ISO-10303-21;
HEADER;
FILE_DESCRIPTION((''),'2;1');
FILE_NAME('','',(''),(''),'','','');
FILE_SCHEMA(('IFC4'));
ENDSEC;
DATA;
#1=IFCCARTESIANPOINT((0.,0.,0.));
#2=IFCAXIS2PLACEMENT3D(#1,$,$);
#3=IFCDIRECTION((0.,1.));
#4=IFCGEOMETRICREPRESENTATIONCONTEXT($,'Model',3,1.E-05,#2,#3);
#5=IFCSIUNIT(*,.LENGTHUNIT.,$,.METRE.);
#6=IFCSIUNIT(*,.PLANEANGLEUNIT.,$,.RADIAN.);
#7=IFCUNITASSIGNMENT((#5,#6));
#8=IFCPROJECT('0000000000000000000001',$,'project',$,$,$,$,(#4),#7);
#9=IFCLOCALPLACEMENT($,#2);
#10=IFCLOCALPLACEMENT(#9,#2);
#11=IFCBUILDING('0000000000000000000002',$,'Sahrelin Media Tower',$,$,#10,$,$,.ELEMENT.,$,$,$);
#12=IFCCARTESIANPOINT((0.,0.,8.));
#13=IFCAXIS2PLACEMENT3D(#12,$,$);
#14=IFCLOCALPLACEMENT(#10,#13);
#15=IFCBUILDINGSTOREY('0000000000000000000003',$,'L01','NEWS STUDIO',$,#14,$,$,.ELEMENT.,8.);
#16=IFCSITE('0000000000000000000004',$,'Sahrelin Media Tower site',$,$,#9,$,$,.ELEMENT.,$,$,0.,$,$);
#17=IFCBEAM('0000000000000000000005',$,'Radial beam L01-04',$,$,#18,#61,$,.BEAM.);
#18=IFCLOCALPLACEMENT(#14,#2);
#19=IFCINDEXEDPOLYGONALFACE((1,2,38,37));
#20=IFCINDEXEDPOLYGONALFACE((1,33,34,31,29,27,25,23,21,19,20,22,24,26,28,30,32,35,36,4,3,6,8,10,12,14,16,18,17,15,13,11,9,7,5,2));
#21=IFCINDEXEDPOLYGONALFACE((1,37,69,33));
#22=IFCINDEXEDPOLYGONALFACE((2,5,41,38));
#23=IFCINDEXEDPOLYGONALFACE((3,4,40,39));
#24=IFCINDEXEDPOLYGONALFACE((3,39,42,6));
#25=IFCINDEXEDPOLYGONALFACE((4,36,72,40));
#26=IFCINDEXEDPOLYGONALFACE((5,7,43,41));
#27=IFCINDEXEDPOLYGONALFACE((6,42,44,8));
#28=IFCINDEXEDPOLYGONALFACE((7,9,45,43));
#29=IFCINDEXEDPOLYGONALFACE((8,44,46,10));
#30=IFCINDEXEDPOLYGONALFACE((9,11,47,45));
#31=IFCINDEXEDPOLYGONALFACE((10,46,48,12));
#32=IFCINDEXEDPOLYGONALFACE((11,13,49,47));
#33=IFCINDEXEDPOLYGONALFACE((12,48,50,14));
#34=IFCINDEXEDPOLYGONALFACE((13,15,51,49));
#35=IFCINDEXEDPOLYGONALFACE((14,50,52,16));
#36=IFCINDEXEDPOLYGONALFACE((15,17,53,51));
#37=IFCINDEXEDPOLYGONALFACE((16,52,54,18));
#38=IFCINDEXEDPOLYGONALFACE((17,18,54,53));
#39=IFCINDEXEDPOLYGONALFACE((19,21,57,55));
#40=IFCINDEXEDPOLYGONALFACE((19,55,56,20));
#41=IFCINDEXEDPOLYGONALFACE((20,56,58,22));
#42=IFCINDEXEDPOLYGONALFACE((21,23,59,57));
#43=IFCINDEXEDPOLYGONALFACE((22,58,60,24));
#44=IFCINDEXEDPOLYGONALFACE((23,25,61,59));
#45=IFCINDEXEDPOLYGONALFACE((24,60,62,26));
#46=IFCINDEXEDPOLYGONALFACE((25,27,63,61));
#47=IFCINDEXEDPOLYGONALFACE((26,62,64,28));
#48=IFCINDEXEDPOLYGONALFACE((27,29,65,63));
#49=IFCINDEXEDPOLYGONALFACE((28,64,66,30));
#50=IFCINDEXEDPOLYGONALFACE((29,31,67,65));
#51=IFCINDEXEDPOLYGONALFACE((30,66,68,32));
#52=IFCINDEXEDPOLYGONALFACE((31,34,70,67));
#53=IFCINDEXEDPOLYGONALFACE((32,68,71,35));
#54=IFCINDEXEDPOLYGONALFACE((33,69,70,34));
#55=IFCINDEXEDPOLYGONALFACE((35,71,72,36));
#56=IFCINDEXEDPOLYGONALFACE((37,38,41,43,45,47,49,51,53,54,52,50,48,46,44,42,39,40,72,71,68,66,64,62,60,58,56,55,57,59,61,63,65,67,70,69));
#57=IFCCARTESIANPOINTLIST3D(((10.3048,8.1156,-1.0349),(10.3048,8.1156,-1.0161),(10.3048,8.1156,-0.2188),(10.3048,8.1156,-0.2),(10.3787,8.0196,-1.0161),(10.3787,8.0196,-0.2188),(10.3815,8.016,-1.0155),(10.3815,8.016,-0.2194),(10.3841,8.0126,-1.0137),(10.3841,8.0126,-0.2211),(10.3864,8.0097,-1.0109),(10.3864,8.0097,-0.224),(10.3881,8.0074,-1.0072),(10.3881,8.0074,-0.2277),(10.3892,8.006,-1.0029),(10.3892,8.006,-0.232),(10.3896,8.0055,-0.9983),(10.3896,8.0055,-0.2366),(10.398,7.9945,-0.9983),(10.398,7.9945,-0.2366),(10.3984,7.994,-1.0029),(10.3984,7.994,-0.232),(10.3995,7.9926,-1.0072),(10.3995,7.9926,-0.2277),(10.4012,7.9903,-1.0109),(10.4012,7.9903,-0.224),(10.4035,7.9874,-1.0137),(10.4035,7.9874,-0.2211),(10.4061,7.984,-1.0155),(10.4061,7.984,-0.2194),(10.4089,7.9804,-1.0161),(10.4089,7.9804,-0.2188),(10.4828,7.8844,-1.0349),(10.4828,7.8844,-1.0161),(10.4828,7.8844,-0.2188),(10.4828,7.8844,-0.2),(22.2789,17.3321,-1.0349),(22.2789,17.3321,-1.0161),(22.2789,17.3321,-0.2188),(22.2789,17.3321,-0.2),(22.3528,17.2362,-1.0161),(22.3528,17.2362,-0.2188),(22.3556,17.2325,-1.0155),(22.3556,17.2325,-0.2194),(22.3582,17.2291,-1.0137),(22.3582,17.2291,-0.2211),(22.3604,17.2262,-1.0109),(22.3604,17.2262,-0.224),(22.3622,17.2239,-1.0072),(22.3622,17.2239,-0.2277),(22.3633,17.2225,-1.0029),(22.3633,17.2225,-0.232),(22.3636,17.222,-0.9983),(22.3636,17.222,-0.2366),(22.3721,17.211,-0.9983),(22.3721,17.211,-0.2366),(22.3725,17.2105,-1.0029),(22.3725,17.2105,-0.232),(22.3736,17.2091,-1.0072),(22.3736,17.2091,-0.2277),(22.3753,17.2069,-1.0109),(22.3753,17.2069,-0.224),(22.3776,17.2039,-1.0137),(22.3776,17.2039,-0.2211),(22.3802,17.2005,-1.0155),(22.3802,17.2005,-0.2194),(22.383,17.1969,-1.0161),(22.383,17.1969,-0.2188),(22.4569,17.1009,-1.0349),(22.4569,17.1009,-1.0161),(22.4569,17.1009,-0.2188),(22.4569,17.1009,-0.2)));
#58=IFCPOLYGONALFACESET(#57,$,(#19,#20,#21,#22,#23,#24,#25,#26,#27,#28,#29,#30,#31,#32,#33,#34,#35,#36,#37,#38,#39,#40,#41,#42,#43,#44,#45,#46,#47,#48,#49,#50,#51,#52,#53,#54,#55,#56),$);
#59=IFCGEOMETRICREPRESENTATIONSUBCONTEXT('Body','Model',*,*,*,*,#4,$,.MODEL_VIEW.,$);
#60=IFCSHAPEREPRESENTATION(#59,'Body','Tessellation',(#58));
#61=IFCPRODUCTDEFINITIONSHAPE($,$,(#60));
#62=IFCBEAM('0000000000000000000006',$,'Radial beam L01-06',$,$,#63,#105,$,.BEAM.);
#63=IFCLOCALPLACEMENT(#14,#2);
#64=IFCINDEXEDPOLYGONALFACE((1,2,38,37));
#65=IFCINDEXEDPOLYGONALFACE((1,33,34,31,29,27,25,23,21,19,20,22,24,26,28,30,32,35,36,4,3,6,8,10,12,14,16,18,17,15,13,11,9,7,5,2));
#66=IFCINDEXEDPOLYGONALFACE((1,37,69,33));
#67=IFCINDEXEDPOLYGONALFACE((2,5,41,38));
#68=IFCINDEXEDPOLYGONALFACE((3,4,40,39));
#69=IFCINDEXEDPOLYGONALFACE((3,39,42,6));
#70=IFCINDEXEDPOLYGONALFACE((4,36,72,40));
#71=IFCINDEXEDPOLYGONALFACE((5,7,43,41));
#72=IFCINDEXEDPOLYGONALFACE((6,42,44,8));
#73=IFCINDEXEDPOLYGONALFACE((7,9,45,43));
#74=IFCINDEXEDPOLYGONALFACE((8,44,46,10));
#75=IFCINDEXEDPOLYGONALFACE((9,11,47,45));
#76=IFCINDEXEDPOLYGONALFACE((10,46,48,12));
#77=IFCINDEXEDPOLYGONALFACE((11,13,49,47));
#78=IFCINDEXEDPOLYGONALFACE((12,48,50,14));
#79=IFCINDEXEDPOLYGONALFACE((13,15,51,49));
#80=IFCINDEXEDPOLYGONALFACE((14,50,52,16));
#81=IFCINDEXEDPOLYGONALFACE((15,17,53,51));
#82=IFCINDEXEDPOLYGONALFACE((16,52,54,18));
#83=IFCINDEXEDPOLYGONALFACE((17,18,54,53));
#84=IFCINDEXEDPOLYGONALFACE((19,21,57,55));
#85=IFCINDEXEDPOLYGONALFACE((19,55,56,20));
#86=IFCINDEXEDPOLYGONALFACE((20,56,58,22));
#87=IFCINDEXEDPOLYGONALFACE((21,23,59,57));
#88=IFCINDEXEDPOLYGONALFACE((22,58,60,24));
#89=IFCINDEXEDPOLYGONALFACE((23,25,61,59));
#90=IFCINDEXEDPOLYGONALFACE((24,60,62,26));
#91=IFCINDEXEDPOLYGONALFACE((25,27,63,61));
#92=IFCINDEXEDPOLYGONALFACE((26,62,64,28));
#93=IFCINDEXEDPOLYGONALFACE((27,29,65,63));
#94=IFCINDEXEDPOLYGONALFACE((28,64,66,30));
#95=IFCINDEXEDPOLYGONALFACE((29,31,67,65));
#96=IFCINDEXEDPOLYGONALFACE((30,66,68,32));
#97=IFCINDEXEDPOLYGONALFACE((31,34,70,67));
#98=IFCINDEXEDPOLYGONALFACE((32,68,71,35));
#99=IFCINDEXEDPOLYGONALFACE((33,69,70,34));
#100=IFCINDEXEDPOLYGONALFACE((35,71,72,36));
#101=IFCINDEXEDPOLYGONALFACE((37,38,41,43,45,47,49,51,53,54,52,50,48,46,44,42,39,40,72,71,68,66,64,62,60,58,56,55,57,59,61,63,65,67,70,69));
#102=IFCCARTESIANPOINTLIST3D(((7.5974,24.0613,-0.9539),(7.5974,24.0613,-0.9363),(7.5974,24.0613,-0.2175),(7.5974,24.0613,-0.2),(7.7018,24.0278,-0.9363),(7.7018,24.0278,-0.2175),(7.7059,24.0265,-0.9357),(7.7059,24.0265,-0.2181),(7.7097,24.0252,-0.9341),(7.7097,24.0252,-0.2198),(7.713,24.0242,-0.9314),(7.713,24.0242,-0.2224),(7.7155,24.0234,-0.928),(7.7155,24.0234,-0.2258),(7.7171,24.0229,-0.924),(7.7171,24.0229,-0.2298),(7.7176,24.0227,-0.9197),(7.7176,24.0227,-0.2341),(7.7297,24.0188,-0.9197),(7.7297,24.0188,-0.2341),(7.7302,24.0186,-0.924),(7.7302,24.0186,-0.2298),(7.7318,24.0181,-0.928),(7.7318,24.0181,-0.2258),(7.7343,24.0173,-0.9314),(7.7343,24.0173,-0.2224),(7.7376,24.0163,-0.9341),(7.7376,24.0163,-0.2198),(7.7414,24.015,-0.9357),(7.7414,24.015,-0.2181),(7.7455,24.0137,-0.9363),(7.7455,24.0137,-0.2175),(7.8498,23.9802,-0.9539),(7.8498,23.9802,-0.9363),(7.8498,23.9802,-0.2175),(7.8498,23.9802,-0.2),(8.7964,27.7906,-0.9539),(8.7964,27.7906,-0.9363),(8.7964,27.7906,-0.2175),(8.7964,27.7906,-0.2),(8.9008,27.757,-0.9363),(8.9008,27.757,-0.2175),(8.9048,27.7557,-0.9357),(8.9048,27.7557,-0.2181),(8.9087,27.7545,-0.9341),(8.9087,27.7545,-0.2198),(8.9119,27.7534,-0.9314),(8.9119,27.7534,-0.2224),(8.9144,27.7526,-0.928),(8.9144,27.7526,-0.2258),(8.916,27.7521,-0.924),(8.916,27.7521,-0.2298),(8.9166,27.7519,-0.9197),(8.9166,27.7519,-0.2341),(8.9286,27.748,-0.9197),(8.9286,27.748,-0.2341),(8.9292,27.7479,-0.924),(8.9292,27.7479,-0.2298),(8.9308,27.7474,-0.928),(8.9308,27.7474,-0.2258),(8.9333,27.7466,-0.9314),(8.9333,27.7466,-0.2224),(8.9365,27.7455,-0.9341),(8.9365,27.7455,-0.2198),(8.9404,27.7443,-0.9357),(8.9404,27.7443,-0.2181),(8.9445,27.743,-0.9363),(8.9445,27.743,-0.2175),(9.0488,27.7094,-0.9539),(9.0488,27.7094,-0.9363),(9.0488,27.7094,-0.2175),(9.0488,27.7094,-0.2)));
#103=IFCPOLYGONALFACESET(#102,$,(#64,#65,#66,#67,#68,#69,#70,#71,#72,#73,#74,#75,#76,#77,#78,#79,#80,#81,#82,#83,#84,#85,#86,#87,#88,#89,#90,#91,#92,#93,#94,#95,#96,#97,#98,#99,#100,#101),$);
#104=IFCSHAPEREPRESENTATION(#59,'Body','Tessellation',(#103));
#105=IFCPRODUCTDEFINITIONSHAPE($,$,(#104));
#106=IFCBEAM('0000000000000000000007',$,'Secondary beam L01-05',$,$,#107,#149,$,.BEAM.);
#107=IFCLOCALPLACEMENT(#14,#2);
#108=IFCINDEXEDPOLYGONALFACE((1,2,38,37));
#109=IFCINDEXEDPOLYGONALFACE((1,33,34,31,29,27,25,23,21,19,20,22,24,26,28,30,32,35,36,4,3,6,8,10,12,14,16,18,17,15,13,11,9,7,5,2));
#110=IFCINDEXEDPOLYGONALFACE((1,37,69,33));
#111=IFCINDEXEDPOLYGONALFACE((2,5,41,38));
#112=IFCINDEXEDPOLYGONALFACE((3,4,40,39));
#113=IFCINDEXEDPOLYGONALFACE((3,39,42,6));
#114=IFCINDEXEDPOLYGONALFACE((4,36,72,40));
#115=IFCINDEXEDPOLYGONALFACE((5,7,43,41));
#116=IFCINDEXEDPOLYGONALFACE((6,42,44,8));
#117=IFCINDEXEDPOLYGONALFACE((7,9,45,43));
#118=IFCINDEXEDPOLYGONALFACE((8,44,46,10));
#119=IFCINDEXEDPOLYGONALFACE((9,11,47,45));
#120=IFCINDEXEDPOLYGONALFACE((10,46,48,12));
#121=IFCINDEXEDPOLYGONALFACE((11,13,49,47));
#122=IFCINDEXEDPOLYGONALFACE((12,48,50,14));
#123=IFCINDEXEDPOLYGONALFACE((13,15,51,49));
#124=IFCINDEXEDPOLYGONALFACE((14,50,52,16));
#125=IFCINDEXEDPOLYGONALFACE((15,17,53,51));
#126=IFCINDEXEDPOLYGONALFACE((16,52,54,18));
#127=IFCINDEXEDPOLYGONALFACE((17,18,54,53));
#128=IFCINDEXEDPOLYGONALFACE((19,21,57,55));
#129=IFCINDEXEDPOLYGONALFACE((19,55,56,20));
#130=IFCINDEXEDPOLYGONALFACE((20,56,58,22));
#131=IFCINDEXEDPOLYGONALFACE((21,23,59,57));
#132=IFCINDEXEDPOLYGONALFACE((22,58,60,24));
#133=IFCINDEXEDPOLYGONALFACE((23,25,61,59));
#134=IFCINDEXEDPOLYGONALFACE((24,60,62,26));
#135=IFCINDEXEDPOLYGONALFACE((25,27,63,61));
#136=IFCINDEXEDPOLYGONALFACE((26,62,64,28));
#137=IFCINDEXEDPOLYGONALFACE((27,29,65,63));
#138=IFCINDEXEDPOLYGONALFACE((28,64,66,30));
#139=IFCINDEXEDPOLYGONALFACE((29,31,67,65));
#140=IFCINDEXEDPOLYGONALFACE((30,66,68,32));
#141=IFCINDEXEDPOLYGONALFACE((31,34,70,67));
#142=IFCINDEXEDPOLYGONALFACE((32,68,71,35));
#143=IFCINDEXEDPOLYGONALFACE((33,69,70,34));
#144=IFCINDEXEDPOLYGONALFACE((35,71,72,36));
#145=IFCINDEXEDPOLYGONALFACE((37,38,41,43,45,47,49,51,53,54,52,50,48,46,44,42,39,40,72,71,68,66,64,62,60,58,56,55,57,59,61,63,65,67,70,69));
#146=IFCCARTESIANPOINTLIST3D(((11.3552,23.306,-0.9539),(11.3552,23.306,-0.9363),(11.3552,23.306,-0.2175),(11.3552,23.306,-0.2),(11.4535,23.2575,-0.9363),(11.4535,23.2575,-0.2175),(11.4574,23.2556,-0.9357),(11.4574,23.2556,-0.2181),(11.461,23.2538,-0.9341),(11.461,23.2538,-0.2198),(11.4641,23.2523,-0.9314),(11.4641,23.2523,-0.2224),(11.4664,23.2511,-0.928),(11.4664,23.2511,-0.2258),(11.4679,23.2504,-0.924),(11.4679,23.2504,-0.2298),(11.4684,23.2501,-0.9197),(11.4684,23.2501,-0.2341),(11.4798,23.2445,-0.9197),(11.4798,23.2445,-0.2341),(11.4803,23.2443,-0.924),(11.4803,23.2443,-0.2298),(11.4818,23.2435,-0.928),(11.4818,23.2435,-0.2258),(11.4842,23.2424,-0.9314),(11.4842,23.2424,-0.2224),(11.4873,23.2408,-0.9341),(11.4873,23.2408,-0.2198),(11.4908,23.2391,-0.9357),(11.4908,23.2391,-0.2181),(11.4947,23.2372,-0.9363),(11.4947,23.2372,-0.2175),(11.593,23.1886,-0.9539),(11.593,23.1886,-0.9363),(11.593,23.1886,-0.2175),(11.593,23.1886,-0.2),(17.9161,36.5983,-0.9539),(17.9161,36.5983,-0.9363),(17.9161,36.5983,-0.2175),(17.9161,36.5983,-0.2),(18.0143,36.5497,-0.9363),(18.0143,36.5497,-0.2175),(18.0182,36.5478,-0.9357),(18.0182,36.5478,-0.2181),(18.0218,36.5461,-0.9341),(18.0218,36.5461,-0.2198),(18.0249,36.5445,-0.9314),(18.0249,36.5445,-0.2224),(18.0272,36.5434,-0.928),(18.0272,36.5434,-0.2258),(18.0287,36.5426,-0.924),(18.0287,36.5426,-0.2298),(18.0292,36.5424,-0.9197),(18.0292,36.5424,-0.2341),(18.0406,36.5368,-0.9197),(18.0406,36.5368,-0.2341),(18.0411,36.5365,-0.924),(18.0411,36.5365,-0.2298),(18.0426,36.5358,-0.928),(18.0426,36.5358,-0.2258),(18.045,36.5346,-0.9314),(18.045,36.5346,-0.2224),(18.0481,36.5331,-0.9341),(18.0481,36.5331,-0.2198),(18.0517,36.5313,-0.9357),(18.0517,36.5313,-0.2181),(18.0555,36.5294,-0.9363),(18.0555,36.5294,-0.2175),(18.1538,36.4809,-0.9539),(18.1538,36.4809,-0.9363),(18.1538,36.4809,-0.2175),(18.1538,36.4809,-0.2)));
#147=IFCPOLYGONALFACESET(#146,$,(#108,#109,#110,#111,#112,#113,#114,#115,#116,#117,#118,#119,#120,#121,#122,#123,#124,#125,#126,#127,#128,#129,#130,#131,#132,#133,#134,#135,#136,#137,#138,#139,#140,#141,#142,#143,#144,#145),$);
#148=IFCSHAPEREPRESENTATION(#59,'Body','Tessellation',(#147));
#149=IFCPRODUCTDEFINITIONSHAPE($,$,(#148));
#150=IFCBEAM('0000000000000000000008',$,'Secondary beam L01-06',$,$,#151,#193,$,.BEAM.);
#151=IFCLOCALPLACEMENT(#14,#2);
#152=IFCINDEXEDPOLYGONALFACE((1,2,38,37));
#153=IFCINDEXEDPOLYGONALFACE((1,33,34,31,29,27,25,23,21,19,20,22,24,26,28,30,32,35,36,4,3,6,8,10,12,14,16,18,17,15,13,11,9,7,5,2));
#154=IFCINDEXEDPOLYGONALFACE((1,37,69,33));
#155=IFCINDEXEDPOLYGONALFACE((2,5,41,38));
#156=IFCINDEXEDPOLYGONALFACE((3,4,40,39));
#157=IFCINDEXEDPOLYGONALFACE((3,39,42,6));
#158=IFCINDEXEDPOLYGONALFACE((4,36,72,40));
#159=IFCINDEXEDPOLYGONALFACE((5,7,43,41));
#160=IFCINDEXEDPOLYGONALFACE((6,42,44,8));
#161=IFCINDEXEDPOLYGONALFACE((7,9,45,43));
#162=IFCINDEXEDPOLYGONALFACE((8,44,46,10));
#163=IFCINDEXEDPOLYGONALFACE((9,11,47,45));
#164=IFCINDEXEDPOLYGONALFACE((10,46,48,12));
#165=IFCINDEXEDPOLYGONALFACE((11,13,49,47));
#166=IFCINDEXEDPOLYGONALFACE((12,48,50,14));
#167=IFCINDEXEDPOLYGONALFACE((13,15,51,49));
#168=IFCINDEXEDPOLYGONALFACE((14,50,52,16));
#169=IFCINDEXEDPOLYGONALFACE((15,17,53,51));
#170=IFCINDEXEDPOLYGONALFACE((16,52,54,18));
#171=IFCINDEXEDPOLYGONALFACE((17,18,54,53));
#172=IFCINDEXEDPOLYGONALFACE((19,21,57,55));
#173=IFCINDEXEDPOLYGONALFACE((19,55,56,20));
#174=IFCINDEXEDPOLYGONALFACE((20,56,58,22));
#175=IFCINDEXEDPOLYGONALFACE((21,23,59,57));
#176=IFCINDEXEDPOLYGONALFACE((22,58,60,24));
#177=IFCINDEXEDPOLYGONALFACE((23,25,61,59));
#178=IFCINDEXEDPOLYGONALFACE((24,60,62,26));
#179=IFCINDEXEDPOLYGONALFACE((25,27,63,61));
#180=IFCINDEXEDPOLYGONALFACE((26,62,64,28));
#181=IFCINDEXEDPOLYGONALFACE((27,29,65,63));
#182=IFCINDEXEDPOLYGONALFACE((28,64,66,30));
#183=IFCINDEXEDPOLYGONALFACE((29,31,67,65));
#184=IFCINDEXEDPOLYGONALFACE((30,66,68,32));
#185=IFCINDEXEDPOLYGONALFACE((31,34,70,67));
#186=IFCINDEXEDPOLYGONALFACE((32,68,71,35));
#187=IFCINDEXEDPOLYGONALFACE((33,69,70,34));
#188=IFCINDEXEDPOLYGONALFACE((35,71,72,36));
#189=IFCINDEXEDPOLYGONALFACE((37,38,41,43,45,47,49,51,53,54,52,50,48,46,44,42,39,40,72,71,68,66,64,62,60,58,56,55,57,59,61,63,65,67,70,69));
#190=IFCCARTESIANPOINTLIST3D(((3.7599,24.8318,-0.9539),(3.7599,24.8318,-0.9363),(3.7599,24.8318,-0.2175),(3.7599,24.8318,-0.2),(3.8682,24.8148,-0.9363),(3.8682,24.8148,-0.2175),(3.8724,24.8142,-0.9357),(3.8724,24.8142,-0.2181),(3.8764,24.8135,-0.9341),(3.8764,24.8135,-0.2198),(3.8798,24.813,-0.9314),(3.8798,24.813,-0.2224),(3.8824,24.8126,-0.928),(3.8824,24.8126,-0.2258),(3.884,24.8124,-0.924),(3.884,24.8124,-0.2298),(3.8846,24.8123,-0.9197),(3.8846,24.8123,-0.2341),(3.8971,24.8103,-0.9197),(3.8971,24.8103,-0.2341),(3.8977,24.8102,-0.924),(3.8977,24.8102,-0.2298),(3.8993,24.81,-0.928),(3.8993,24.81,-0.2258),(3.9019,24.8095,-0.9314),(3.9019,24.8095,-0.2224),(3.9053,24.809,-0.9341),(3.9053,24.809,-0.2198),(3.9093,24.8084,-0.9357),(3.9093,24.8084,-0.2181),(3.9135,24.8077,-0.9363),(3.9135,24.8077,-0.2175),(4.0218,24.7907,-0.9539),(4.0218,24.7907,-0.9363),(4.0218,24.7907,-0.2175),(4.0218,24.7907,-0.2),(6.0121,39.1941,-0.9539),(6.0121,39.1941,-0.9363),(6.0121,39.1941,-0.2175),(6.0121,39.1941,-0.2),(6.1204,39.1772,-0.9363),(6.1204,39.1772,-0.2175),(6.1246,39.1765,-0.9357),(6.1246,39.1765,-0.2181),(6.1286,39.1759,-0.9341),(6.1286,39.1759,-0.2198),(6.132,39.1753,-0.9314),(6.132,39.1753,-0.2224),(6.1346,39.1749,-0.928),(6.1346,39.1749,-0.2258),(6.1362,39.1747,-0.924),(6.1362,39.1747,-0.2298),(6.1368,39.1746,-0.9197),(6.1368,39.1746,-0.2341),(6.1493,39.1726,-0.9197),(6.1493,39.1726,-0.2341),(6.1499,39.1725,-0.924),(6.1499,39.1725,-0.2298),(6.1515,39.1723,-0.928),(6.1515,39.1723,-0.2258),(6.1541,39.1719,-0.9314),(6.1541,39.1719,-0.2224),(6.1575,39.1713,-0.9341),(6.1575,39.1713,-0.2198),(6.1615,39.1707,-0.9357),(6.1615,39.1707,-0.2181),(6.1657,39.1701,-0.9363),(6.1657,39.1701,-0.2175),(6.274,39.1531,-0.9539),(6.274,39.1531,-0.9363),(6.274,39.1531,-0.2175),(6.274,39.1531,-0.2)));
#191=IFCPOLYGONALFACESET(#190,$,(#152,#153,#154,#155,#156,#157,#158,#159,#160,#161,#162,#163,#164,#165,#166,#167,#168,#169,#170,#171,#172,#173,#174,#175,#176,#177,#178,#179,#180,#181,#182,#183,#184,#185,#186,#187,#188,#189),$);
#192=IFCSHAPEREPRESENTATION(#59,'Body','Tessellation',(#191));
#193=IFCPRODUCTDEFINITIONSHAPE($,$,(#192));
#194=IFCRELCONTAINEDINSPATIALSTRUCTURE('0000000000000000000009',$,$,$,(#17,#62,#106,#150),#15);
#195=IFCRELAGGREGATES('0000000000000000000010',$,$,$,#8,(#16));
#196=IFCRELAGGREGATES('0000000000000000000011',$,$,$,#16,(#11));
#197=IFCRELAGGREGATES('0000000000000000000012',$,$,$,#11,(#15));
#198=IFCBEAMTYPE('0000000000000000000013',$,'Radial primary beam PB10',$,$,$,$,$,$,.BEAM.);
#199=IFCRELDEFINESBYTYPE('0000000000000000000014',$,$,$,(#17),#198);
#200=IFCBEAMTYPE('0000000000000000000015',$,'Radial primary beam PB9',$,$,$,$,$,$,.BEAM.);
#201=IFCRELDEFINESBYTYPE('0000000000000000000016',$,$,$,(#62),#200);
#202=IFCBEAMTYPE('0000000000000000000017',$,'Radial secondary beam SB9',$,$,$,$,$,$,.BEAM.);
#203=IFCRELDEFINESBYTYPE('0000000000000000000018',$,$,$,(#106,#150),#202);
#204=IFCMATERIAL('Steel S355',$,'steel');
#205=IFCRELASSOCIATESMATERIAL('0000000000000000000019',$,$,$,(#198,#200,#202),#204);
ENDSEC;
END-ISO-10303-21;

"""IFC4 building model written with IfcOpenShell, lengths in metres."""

from ifc_helpers import new_model, si_unit, direction, frame, origin, origin_2d, place, context, subcontext, project, spatial, i_section, extrude, material, material_profile, profile_set, type_object, element, save


model = new_model("IFC4")

# Units and contexts
model_context = context("Model", 3, precision=1e-05, world=origin(), true_north=direction((0.0, 1.0)))
body_context = subcontext(model_context, "Body", "Model", "MODEL_VIEW")
ifc_project = project(units=[si_unit("LENGTHUNIT", "METRE"), si_unit("PLANEANGLEUNIT", "RADIAN")], contexts=[model_context])

# Site, building, storey
site_placement = place(None, origin())
site = spatial("IfcSite", under=ifc_project, at=site_placement, Name="Sahrelin Media Tower site", CompositionType="ELEMENT", RefElevation=0.0)
building_placement = place(site_placement, origin())
building = spatial("IfcBuilding", under=site, at=building_placement, Name="Sahrelin Media Tower", CompositionType="ELEMENT")
storey_placement = place(building_placement, frame((0.0, 0.0, 8.0)))
storey = spatial("IfcBuildingStorey", under=building, at=storey_placement, Name="L01", Description="NEWS STUDIO", CompositionType="ELEMENT", Elevation=8.0)

# Beams
ifc_material_1 = material(Name="Steel S355", Category="steel")
ifc_material_profile_1 = material_profile(ifc_material_1, i_section(OverallWidth=0.2917, OverallDepth=0.835, WebThickness=0.0139, FlangeThickness=0.0188, FilletRadius=0.0178, at=origin_2d()), Name="UB 838x292x176")
ifc_profile_set_1 = profile_set([ifc_material_profile_1], Name="Steel S355")
beam_type_1 = type_object("IfcBeamType", Name="Radial primary beam PB10", PredefinedType="BEAM", material=ifc_profile_set_1)
beam_1_placement = place(storey_placement, frame((10.3938, 8.0, -0.6174), z_axis=(0.792442, 0.609947, 0.0), x_axis=(-0.609947, 0.792442, 0.0)))
element("IfcBeam", 1, at=beam_1_placement, inside=storey, type_object=beam_type_1, Name="Radial beam L01-04", PredefinedType="BEAM", context=body_context, shape_type="SweptSolid", body=[
    extrude(i_section(OverallWidth=0.2917, OverallDepth=0.835, WebThickness=0.0139, FlangeThickness=0.0188, FilletRadius=0.0178, at=origin_2d()), origin(), (0.0, 0.0, 1.0), 15.1104),
])
ifc_material_profile_2 = material_profile(ifc_material_1, i_section(OverallWidth=0.2651, OverallDepth=0.7539, WebThickness=0.0127, FlangeThickness=0.0176, FilletRadius=0.0166, at=origin_2d()), Name="UB 762x267x147")
ifc_profile_set_2 = profile_set([ifc_material_profile_2], Name="Steel S355")
beam_type_2 = type_object("IfcBeamType", Name="Radial primary beam PB9", PredefinedType="BEAM", material=ifc_profile_set_2)
beam_2_placement = place(storey_placement, frame((7.7236, 24.0208, -0.5769), z_axis=(0.306076, 0.952007, 0.0), x_axis=(-0.952007, 0.306076, 0.0)))
element("IfcBeam", 2, at=beam_2_placement, inside=storey, type_object=beam_type_2, Name="Radial beam L01-06", PredefinedType="BEAM", context=body_context, shape_type="SweptSolid", body=[
    extrude(i_section(OverallWidth=0.2651, OverallDepth=0.7539, WebThickness=0.0127, FlangeThickness=0.0176, FilletRadius=0.0166, at=origin_2d()), origin(), (0.0, 0.0, 1.0), 3.9172),
])
ifc_material_profile_3 = material_profile(ifc_material_1, i_section(OverallWidth=0.2651, OverallDepth=0.7539, WebThickness=0.0127, FlangeThickness=0.0176, FilletRadius=0.0166, at=origin_2d()), Name="UB 762x267x147")
ifc_profile_set_3 = profile_set([ifc_material_profile_3], Name="Steel S355")
beam_type_3 = type_object("IfcBeamType", Name="Radial secondary beam SB9", PredefinedType="BEAM", material=ifc_profile_set_3)
beam_3_placement = place(storey_placement, frame((11.4741, 23.2473, -0.5769), z_axis=(0.442603, 0.896718, 0.0), x_axis=(-0.896718, 0.442603, 0.0)))
element("IfcBeam", 3, at=beam_3_placement, inside=storey, type_object=beam_type_3, Name="Secondary beam L01-05", PredefinedType="BEAM", context=body_context, shape_type="SweptSolid", body=[
    extrude(i_section(OverallWidth=0.2651, OverallDepth=0.7539, WebThickness=0.0127, FlangeThickness=0.0176, FilletRadius=0.0166, at=origin_2d()), origin(), (0.0, 0.0, 1.0), 14.8232),
])
beam_4_placement = place(storey_placement, frame((3.8909, 24.8113, -0.5769), z_axis=(0.15492, 0.987927, 0.0), x_axis=(-0.987927, 0.15492, 0.0)))
element("IfcBeam", 4, at=beam_4_placement, inside=storey, type_object=beam_type_3, Name="Secondary beam L01-06", PredefinedType="BEAM", context=body_context, shape_type="SweptSolid", body=[
    extrude(i_section(OverallWidth=0.2651, OverallDepth=0.7539, WebThickness=0.0127, FlangeThickness=0.0176, FilletRadius=0.0166, at=origin_2d()), origin(), (0.0, 0.0, 1.0), 14.5378),
])

save(model, "model.ifc")
